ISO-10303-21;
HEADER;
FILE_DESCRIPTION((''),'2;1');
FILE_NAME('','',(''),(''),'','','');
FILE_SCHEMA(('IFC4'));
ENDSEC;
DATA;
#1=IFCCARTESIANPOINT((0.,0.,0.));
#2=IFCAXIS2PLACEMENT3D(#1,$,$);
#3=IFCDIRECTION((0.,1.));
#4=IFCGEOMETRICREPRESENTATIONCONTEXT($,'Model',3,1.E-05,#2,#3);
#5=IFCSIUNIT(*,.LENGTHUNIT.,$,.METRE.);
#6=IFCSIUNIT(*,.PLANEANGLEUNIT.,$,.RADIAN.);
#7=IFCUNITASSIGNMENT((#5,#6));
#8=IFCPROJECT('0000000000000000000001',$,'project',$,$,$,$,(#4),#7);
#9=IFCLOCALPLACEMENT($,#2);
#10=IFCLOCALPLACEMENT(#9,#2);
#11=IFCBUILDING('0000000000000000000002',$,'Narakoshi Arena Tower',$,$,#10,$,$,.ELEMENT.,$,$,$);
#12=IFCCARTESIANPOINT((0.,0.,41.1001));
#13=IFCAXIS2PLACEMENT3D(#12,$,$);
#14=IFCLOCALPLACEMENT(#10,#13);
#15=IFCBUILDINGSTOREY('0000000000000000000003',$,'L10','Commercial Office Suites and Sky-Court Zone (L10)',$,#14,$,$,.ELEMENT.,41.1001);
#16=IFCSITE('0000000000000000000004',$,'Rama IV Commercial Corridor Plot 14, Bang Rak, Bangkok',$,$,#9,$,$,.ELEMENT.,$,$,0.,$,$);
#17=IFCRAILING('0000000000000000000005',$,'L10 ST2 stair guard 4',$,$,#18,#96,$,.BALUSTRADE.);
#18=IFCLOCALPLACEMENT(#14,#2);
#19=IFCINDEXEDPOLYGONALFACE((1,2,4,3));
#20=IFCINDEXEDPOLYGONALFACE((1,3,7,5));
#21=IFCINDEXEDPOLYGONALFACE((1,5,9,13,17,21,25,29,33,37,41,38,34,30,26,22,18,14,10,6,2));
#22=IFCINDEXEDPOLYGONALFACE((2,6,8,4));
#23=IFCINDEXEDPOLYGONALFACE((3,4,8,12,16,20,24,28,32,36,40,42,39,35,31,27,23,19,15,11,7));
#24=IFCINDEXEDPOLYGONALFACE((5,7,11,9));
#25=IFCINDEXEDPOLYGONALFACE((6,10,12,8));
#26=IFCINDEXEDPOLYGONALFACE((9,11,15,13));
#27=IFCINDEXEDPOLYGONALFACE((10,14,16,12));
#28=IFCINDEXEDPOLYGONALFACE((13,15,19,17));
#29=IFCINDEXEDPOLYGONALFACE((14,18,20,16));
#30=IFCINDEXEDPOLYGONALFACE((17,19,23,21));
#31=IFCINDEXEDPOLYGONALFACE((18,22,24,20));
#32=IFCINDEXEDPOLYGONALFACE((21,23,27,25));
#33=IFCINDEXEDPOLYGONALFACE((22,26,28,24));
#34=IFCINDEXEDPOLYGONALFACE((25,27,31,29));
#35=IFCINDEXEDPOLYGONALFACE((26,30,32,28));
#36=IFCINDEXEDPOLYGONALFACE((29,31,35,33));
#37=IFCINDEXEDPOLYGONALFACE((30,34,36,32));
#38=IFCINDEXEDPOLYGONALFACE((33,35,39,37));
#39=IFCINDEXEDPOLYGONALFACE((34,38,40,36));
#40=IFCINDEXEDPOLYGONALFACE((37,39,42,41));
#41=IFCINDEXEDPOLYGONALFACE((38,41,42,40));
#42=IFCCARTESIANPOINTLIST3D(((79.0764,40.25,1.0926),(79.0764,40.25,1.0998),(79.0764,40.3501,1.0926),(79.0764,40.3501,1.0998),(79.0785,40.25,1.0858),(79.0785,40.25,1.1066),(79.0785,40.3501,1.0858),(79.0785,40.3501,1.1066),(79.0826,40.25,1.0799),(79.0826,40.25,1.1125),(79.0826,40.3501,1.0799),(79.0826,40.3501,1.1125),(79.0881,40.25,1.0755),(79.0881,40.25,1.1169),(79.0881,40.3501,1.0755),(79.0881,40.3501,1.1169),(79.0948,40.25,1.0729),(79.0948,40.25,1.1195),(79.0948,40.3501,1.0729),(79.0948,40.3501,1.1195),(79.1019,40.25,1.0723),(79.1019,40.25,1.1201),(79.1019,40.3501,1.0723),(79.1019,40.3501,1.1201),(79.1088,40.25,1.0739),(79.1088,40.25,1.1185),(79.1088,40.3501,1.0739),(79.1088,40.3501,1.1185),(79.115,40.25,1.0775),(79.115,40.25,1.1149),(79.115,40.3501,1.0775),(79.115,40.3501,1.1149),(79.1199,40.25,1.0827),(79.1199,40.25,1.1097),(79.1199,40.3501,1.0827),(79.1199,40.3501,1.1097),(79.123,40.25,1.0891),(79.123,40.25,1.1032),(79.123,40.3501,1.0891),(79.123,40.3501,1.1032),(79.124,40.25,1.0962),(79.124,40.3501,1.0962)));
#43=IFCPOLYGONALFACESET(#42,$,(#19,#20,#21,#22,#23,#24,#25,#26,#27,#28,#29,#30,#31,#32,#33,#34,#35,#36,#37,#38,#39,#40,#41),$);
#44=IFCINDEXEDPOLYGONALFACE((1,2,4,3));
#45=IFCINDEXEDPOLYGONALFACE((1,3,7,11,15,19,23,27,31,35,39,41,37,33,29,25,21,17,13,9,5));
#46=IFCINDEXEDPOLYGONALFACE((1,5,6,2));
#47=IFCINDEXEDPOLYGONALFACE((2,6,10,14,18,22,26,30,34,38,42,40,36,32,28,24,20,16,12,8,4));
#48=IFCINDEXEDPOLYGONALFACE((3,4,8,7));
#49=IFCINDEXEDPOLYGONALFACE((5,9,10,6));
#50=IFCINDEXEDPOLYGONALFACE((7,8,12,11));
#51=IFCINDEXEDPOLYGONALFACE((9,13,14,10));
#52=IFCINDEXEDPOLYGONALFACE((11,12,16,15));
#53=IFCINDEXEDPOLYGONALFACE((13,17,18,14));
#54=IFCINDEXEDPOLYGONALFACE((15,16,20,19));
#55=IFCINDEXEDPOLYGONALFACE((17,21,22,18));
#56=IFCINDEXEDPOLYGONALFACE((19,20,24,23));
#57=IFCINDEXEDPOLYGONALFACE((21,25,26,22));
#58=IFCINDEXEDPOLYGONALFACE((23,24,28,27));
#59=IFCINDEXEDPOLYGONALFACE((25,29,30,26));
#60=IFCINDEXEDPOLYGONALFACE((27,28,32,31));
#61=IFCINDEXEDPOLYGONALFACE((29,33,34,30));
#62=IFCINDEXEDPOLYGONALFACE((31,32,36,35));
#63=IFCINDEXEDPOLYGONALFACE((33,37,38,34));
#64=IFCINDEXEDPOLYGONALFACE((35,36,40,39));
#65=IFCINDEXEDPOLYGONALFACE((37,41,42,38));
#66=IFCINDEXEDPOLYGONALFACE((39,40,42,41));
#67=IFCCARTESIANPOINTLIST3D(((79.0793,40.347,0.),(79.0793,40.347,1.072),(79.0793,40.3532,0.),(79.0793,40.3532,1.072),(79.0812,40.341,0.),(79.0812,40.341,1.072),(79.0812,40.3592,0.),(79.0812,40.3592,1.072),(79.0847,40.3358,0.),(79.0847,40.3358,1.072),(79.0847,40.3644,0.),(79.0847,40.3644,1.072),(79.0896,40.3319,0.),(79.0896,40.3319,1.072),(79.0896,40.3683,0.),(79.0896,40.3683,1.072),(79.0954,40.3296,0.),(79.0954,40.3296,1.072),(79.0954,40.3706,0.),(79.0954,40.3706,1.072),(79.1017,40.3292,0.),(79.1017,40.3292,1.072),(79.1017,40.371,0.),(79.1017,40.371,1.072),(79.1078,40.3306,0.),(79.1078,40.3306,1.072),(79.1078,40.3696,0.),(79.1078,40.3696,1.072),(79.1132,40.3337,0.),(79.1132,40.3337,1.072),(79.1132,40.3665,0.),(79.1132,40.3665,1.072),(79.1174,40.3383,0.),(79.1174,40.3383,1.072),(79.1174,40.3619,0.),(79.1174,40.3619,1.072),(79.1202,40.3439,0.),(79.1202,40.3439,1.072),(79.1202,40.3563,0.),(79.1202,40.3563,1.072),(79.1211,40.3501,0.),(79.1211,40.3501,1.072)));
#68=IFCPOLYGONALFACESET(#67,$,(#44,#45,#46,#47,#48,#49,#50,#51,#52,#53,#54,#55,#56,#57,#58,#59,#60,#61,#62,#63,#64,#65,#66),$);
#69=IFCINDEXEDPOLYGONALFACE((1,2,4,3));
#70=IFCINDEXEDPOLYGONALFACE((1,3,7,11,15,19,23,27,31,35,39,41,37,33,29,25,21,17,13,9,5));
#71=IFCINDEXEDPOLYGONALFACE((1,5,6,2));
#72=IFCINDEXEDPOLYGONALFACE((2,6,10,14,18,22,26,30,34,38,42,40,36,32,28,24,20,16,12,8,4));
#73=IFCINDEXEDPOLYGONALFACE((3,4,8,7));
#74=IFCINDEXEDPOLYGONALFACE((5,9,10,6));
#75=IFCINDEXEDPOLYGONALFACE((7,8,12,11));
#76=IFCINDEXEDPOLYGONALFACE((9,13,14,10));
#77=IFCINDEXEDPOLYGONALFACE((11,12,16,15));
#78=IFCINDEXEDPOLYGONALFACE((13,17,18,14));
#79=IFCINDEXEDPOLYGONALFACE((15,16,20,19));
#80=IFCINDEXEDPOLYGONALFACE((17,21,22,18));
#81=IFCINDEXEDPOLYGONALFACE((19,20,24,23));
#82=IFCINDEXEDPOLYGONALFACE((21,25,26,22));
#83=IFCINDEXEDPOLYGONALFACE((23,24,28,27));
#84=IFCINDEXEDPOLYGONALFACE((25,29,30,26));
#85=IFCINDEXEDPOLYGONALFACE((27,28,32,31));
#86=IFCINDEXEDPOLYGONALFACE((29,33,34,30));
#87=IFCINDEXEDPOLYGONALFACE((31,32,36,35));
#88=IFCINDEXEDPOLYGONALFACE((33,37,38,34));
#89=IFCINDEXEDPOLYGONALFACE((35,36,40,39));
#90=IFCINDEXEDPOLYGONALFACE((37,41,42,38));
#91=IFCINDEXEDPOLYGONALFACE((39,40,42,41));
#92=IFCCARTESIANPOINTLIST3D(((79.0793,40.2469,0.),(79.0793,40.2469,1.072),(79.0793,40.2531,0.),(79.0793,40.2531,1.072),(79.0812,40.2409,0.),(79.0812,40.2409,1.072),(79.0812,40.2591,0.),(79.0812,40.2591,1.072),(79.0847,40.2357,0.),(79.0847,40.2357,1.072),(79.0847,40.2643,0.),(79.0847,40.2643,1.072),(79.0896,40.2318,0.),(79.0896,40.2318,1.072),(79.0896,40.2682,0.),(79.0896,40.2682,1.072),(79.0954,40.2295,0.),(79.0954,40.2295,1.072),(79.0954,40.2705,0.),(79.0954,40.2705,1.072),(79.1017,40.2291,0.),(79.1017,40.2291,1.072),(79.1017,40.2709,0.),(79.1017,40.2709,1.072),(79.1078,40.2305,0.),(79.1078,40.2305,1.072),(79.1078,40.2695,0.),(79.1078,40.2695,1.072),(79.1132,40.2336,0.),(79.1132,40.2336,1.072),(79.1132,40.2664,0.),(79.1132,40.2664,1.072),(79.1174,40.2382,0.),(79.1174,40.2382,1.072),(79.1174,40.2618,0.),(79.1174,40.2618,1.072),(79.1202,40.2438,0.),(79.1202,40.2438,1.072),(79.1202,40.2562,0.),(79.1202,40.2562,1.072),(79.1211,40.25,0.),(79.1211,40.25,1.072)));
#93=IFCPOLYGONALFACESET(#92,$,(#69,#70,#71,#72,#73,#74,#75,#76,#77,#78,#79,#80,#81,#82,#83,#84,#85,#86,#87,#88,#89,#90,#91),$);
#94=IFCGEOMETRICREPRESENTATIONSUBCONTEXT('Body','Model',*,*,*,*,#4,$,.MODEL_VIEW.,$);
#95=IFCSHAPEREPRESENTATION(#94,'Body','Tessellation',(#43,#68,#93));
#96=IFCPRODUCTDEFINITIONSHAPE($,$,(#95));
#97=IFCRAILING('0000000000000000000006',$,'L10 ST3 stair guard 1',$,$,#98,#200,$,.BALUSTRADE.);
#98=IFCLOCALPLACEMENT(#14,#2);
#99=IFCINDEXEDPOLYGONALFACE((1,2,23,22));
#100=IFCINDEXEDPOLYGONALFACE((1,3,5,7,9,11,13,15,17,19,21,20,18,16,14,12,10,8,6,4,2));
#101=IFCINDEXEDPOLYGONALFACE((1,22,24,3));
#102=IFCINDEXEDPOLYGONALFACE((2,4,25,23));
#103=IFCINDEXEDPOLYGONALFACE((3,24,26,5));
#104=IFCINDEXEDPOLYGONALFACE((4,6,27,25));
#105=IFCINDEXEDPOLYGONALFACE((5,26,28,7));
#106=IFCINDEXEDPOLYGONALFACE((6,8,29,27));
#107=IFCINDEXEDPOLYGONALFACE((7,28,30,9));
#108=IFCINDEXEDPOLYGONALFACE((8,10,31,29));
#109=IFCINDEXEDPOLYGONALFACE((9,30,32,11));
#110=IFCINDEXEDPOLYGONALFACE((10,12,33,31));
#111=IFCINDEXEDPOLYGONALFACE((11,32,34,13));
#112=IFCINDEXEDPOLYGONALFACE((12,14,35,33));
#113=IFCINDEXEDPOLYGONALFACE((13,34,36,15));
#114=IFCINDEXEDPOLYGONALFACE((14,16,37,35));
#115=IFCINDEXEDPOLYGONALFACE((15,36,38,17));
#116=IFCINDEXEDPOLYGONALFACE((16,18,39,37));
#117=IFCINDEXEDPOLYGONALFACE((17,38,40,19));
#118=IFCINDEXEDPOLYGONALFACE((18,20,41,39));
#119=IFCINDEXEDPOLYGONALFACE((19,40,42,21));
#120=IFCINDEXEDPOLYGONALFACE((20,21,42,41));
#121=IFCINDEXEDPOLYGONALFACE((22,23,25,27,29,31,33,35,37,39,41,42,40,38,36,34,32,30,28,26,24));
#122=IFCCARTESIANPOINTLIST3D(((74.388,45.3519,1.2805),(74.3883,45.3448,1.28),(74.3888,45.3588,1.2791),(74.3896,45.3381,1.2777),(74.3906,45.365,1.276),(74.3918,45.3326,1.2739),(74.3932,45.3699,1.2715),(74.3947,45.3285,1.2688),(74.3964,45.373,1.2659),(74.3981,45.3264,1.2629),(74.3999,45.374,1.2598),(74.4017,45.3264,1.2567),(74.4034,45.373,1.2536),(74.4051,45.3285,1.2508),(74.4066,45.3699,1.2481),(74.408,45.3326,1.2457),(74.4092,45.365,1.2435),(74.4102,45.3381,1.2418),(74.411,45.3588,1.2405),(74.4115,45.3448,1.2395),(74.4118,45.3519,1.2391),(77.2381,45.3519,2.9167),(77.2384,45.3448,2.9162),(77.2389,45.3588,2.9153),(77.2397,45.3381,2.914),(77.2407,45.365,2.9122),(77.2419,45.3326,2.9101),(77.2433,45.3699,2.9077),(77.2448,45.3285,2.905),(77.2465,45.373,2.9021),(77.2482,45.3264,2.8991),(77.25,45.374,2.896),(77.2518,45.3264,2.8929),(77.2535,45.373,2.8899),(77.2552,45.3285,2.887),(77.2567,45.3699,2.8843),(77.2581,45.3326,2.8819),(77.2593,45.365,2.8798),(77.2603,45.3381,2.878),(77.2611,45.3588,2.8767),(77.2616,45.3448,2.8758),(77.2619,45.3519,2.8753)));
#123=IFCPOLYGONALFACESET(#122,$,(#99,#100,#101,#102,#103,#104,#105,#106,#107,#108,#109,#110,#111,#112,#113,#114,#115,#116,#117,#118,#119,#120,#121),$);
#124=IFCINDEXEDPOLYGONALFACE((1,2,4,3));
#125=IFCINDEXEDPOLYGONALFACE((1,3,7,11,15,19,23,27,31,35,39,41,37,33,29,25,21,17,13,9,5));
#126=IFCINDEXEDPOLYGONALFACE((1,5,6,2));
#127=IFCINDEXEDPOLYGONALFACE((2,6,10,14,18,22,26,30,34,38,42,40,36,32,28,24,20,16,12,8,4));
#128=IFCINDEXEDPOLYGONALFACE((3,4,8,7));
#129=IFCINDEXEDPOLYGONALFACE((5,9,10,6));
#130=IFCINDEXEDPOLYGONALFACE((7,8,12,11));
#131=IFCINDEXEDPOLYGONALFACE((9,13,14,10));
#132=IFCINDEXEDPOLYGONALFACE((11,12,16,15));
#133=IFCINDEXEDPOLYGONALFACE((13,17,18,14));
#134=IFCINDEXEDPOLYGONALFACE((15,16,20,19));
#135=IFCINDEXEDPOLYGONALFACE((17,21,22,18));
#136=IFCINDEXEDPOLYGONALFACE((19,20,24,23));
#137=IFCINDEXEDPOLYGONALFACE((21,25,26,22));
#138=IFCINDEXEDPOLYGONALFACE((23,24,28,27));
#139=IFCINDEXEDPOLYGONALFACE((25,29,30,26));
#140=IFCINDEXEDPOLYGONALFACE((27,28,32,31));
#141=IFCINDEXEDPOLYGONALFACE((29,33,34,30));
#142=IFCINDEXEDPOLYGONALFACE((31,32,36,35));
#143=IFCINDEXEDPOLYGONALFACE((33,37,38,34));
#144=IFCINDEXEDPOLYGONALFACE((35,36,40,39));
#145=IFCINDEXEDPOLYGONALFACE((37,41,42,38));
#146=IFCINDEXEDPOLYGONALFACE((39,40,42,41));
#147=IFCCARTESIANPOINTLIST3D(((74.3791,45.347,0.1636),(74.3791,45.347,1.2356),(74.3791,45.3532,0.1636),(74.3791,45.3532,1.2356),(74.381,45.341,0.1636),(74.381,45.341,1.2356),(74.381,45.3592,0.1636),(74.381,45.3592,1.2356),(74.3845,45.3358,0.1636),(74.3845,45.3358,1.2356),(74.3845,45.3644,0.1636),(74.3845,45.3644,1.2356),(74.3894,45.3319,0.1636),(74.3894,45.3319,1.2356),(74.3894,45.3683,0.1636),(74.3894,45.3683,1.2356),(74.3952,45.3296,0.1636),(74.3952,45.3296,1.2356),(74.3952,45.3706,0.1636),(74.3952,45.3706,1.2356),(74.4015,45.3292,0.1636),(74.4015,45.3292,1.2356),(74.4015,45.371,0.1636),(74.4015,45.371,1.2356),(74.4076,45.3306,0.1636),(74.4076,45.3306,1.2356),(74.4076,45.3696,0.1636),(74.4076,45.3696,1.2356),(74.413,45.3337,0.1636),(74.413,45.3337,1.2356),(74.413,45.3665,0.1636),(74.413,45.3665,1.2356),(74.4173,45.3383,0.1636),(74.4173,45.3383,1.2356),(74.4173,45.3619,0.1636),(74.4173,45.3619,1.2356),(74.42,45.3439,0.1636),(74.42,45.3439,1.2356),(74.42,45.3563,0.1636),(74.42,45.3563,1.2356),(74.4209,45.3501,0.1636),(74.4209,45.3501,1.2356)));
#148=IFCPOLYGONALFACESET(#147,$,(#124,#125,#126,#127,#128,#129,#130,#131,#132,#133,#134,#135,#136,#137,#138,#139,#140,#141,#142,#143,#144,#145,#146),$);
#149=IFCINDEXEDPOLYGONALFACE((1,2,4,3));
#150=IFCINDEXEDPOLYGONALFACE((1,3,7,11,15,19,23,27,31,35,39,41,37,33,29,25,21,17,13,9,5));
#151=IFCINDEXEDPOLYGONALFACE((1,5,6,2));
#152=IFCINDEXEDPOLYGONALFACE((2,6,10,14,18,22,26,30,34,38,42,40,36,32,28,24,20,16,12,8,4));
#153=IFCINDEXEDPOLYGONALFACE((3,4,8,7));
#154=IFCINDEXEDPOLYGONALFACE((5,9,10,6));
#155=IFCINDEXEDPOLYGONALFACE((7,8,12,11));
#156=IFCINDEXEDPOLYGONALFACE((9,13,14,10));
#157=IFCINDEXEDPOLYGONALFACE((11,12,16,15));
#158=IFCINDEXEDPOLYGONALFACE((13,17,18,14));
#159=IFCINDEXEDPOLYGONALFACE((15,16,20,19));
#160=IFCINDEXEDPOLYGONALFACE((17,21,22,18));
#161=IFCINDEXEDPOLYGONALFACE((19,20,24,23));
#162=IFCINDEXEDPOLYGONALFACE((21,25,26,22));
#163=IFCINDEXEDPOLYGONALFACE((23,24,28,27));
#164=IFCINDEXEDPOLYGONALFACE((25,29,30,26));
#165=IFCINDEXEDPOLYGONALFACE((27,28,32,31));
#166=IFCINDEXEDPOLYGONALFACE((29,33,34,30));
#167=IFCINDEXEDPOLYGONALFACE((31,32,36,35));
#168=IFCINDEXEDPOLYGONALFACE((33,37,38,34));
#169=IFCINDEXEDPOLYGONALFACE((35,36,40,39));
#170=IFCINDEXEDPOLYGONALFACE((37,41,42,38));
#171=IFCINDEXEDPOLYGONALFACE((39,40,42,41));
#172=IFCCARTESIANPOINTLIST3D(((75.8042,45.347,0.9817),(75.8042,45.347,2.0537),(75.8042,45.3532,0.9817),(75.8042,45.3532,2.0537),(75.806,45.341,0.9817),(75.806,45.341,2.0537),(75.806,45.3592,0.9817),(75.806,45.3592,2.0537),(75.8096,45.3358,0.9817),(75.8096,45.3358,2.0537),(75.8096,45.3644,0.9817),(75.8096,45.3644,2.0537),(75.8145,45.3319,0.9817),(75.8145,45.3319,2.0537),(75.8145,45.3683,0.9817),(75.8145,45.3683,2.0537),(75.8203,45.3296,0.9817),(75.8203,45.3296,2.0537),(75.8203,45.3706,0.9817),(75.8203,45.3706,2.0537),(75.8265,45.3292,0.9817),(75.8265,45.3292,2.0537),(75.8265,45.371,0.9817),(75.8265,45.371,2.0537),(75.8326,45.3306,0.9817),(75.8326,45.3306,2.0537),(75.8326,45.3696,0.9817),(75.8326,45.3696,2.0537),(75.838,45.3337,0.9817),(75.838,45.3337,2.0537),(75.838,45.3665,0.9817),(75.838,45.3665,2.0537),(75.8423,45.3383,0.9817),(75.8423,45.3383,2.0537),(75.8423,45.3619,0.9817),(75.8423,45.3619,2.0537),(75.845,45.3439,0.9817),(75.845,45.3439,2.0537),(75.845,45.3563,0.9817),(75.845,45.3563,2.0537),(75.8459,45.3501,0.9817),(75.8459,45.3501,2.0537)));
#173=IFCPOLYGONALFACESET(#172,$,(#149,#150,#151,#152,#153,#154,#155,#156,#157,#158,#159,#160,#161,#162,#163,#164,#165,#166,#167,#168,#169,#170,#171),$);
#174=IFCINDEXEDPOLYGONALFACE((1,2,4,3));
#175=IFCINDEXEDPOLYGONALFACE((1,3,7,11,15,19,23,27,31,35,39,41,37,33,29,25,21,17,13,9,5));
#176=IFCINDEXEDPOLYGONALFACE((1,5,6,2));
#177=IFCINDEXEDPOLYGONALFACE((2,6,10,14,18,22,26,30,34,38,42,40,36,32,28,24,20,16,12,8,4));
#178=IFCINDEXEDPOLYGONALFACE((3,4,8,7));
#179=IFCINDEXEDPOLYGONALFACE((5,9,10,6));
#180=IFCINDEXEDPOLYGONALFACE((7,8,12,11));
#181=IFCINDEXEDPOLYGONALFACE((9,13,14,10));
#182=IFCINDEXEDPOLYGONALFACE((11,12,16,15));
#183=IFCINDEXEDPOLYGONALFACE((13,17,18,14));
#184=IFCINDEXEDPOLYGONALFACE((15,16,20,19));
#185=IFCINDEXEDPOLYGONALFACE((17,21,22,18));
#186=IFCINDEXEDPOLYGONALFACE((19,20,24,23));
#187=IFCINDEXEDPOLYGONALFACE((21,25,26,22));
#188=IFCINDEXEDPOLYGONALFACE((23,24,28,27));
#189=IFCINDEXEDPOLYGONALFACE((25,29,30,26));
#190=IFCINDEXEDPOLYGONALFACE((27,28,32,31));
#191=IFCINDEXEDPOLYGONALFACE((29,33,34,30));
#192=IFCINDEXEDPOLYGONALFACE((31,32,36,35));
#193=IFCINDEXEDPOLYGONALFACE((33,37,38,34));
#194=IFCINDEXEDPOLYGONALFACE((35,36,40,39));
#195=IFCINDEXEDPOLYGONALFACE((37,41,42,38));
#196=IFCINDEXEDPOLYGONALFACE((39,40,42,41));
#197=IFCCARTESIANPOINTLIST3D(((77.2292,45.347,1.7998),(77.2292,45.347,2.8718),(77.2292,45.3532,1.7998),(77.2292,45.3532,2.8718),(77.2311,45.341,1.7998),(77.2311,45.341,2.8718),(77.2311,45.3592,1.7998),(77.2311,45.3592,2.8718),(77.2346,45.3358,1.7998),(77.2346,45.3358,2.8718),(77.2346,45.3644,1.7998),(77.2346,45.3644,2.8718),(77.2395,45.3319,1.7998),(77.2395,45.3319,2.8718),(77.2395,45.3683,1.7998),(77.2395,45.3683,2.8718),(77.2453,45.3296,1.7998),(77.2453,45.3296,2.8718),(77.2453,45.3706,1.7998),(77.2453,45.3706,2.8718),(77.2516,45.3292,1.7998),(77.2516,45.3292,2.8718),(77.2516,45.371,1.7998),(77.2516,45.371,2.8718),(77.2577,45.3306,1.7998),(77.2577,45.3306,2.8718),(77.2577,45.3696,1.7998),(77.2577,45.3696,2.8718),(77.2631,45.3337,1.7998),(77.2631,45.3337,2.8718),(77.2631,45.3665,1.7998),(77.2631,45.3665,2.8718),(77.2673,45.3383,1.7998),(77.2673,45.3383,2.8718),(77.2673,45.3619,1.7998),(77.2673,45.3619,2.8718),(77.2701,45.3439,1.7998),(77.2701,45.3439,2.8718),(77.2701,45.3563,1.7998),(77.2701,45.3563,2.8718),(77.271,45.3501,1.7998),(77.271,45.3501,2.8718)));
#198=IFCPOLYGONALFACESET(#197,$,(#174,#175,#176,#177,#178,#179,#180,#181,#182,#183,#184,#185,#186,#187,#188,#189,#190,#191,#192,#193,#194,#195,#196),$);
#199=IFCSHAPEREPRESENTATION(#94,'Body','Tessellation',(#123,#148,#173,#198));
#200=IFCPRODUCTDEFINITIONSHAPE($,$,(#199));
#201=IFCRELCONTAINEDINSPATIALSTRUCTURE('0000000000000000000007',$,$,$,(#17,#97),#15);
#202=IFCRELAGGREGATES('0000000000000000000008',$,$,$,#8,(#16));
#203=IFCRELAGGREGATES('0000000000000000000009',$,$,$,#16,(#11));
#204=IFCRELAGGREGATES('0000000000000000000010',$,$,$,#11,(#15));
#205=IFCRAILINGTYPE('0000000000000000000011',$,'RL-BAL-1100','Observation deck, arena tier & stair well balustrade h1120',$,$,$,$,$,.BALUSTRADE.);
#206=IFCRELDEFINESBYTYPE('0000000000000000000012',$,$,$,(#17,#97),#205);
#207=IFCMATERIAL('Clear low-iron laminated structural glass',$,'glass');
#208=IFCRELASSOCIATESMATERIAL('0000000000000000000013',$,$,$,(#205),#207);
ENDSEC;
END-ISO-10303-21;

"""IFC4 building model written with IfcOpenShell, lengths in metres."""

from ifc_helpers import new_model, si_unit, direction, frame, origin, origin_2d, place, context, subcontext, project, spatial, circle, extrude, material, type_object, element, save


model = new_model("IFC4")

# Units and contexts
model_context = context("Model", 3, precision=1e-05, world=origin(), true_north=direction((0.0, 1.0)))
body_context = subcontext(model_context, "Body", "Model", "MODEL_VIEW")
ifc_project = project(units=[si_unit("LENGTHUNIT", "METRE"), si_unit("PLANEANGLEUNIT", "RADIAN")], contexts=[model_context])

# Site, building, storey
site_placement = place(None, origin())
site = spatial("IfcSite", under=ifc_project, at=site_placement, Name="Rama IV Commercial Corridor Plot 14, Bang Rak, Bangkok", CompositionType="ELEMENT", RefElevation=0.0)
building_placement = place(site_placement, origin())
building = spatial("IfcBuilding", under=site, at=building_placement, Name="Narakoshi Arena Tower", CompositionType="ELEMENT")
storey_placement = place(building_placement, frame((0.0, 0.0, 41.1001)))
storey = spatial("IfcBuildingStorey", under=building, at=storey_placement, Name="L10", Description="Commercial Office Suites and Sky-Court Zone (L10)", CompositionType="ELEMENT", Elevation=41.1001)

# Railings
ifc_material_1 = material(Name="Clear low-iron laminated structural glass", Category="glass")
railing_type_1 = type_object("IfcRailingType", Name="RL-BAL-1100", Description="Observation deck, arena tier & stair well balustrade h1120", PredefinedType="BALUSTRADE", material=ifc_material_1)
railing_1_placement = place(storey_placement, frame((79.1001, 40.3501, 0.0)))
element("IfcRailing", 1, at=railing_1_placement, inside=storey, type_object=railing_type_1, Name="L10 ST2 stair guard 4", PredefinedType="BALUSTRADE", context=body_context, shape_type="SweptSolid", body=[
    extrude(circle(Radius=0.0239, at=origin_2d()), frame((0.0, 0.0, 1.0962), z_axis=(0.0, -1.0, 0.0), x_axis=(1.0, 0.0, 0.0)), (0.0, 0.0, 1.0), 0.1001),
    extrude(circle(Radius=0.021, at=origin_2d()), origin(), (0.0, 0.0, 1.0), 1.072),
    extrude(circle(Radius=0.021, at=origin_2d()), frame((0.0, -0.1001, 0.0)), (0.0, 0.0, 1.0), 1.072),
])
railing_2_placement = place(storey_placement, frame((74.3999, 45.3501, 0.1636)))
element("IfcRailing", 2, at=railing_2_placement, inside=storey, type_object=railing_type_1, Name="L10 ST3 stair guard 1", PredefinedType="BALUSTRADE", context=body_context, shape_type="SweptSolid", body=[
    extrude(circle(Radius=0.0239, at=origin_2d()), frame((0.0, 0.0, 1.0962), z_axis=(0.867245, 0.0, 0.497882), x_axis=(0.0, 1.0, 0.0)), (0.0, 0.0, 1.0), 3.2864),
    extrude(circle(Radius=0.021, at=origin_2d()), origin(), (0.0, 0.0, 1.0), 1.072),
    extrude(circle(Radius=0.021, at=origin_2d()), frame((1.425, 0.0, 0.8181)), (0.0, 0.0, 1.0), 1.072),
    extrude(circle(Radius=0.021, at=origin_2d()), frame((2.8501, 0.0, 1.6362)), (0.0, 0.0, 1.0), 1.072),
])

save(model, "model.ifc")
